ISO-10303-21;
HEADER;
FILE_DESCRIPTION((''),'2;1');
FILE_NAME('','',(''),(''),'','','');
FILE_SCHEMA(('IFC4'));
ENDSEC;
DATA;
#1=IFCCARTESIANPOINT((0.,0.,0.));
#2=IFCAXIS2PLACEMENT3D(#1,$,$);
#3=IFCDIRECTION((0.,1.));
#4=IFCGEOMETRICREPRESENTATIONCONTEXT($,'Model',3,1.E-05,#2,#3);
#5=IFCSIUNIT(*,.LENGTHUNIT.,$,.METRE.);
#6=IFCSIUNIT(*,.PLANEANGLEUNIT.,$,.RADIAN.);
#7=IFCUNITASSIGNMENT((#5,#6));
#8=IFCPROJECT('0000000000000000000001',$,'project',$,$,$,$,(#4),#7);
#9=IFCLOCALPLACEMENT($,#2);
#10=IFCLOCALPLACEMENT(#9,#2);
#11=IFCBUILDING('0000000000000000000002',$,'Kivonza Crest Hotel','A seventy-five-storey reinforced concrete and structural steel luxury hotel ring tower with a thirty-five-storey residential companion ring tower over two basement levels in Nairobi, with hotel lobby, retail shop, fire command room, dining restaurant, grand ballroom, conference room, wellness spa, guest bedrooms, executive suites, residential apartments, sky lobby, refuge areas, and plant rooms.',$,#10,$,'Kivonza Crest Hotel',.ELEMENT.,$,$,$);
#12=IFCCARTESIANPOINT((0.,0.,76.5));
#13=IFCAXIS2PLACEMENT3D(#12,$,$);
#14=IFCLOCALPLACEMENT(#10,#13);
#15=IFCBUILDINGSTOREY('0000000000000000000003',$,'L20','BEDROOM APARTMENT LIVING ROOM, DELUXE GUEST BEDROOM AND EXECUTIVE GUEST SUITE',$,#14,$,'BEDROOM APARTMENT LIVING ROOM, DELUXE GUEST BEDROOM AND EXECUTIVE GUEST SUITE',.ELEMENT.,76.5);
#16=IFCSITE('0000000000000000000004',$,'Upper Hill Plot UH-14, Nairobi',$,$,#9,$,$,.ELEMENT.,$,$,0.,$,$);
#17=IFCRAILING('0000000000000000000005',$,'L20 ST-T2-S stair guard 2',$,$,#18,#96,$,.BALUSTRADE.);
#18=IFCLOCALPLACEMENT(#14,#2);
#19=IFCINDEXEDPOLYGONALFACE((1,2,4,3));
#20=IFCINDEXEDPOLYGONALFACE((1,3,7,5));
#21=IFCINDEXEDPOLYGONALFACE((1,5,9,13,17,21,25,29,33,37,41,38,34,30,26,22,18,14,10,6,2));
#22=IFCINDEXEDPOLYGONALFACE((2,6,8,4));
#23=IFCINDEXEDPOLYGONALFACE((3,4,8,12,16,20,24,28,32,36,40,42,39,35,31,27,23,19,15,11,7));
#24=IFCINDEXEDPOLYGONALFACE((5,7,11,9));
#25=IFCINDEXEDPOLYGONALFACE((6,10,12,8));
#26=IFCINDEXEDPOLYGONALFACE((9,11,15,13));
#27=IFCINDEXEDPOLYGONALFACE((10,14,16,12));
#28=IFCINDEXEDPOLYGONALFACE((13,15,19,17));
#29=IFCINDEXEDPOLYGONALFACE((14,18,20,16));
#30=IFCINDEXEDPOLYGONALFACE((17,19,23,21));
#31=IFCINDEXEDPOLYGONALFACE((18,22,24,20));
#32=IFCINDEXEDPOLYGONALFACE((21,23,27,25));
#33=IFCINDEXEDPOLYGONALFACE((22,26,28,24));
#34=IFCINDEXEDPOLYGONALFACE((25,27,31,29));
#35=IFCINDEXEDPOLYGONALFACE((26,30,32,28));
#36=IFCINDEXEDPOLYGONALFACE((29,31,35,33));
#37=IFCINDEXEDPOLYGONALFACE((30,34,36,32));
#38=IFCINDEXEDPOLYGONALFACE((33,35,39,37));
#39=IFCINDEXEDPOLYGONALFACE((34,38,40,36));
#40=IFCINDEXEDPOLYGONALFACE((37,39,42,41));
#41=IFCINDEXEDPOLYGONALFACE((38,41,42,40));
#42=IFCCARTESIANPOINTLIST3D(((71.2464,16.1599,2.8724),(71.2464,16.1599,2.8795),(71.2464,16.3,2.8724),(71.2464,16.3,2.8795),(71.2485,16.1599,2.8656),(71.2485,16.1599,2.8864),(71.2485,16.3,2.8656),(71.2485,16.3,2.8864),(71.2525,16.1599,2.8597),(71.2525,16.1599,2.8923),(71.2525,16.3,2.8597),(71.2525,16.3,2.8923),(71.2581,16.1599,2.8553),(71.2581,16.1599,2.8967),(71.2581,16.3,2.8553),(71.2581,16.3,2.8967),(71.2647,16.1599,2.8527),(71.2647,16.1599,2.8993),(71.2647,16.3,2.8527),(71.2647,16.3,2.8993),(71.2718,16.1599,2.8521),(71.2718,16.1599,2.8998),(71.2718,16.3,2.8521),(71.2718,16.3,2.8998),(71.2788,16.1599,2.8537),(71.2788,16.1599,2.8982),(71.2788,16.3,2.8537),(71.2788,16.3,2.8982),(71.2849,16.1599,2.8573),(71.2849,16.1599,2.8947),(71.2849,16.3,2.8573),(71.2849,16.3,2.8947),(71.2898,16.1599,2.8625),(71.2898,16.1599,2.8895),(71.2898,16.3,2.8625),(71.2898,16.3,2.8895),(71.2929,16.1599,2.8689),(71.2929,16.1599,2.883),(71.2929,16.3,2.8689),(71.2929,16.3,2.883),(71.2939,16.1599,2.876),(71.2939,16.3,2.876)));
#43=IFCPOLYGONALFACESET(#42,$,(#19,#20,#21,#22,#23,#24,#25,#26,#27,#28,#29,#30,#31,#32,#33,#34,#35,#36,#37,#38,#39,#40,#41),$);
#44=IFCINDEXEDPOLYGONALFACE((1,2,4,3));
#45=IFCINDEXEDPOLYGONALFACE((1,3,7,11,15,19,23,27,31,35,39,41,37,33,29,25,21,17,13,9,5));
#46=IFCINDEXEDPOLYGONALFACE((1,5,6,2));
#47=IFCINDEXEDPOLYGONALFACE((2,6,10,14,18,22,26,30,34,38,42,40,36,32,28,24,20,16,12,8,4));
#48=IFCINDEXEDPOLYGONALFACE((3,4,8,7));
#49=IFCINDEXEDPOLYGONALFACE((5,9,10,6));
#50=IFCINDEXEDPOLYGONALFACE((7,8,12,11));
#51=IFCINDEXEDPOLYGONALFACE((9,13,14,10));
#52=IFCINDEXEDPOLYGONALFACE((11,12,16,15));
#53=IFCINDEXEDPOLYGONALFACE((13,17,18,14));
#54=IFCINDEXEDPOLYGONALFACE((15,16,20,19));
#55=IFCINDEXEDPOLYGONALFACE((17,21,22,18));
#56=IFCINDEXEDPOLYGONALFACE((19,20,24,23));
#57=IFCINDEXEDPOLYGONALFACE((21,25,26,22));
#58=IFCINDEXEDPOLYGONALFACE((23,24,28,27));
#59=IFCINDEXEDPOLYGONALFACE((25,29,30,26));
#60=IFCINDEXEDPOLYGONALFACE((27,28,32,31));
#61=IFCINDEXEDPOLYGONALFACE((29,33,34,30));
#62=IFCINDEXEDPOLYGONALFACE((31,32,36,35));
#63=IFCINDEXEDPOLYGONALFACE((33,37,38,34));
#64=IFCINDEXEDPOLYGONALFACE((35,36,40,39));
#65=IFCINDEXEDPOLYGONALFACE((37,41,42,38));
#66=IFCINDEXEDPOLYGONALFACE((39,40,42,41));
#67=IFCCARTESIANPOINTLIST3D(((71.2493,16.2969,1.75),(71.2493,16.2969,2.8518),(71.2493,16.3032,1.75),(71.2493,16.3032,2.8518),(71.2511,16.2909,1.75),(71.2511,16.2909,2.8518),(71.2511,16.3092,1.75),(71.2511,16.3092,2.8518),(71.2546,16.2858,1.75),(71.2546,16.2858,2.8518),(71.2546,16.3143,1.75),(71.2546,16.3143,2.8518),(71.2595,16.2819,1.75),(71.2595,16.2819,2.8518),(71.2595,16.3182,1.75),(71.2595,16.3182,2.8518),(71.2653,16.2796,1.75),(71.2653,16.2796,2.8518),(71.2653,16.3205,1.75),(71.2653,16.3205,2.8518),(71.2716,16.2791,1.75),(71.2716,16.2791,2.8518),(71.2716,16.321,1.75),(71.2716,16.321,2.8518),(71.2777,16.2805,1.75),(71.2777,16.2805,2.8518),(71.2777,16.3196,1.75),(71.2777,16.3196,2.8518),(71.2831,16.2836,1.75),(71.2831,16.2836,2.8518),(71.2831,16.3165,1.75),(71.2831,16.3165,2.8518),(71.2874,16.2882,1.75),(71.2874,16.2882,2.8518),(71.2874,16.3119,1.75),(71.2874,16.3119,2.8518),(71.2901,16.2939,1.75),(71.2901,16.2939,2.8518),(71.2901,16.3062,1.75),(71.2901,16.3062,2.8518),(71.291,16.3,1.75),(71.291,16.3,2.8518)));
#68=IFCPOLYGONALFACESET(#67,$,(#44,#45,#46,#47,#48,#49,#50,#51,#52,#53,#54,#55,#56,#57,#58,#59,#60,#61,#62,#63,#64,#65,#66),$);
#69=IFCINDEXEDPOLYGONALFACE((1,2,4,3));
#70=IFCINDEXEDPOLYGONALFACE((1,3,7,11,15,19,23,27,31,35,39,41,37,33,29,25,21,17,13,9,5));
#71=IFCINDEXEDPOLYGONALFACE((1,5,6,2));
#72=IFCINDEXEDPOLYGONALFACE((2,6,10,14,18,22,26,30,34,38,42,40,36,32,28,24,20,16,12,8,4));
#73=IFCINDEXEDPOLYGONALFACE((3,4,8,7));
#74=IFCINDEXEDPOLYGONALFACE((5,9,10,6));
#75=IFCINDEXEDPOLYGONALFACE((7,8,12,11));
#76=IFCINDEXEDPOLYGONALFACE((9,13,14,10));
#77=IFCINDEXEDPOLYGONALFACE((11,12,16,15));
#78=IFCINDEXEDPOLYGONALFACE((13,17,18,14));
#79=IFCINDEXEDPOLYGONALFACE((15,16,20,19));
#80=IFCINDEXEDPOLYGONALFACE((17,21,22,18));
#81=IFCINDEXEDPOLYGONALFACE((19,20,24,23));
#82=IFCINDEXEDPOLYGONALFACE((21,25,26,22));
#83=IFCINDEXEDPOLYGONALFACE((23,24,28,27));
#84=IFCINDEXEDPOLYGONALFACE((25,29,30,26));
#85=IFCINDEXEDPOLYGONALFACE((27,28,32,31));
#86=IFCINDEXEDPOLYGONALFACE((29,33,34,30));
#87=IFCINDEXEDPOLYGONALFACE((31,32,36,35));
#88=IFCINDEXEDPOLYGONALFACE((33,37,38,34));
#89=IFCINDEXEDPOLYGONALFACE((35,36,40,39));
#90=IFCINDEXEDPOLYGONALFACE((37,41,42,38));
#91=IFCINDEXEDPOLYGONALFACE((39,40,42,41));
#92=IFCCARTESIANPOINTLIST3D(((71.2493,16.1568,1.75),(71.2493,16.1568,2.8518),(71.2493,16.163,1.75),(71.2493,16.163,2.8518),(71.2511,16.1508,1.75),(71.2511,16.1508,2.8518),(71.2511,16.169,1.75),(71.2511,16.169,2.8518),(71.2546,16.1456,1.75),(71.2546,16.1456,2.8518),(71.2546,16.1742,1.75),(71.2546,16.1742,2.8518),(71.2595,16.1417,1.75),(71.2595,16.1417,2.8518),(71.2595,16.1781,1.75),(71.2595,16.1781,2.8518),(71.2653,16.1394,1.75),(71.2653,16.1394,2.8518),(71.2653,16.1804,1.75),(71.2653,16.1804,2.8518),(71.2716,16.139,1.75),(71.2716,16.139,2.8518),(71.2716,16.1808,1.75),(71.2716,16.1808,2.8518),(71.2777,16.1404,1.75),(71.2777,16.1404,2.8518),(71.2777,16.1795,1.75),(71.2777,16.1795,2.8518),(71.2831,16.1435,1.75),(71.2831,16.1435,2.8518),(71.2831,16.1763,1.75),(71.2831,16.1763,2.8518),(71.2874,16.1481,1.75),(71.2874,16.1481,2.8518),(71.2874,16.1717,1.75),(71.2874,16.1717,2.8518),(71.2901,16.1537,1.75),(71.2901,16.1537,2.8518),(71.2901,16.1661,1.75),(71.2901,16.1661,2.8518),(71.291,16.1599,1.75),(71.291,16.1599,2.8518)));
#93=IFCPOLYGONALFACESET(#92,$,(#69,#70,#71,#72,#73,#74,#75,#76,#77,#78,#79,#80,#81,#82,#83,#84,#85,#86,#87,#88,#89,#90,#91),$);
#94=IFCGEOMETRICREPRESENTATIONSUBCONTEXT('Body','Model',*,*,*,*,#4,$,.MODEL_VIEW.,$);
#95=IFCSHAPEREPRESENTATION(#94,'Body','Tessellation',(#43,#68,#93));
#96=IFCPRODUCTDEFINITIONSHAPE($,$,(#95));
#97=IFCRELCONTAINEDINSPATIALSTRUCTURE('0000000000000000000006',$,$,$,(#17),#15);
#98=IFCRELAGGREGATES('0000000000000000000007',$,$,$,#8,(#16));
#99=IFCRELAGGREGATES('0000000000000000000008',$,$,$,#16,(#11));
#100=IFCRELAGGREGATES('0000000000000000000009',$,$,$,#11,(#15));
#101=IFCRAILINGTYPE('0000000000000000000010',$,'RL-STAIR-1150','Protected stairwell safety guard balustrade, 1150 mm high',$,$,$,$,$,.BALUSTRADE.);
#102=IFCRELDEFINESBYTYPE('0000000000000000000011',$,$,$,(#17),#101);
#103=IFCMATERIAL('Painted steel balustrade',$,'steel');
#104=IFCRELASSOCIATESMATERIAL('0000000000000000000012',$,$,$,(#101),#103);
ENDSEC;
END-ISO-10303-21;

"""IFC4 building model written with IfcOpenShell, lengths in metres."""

from ifc_helpers import new_model, si_unit, direction, frame, origin, origin_2d, place, context, subcontext, project, spatial, circle, extrude, material, type_object, element, save


model = new_model("IFC4")

# Units and contexts
model_context = context("Model", 3, precision=1e-05, world=origin(), true_north=direction((0.0, 1.0)))
body_context = subcontext(model_context, "Body", "Model", "MODEL_VIEW")
ifc_project = project(units=[si_unit("LENGTHUNIT", "METRE"), si_unit("PLANEANGLEUNIT", "RADIAN")], contexts=[model_context])

# Site, building, storey
site_placement = place(None, origin())
site = spatial("IfcSite", under=ifc_project, at=site_placement, Name="Upper Hill Plot UH-14, Nairobi", CompositionType="ELEMENT", RefElevation=0.0)
building_placement = place(site_placement, origin())
building = spatial("IfcBuilding", under=site, at=building_placement, Name="Kivonza Crest Hotel", Description="A seventy-five-storey reinforced concrete and structural steel luxury hotel ring tower with a thirty-five-storey residential companion ring tower over two basement levels in Nairobi, with hotel lobby, retail shop, fire command room, dining restaurant, grand ballroom, conference room, wellness spa, guest bedrooms, executive suites, residential apartments, sky lobby, refuge areas, and plant rooms.", LongName="Kivonza Crest Hotel", CompositionType="ELEMENT")
storey_placement = place(building_placement, frame((0.0, 0.0, 76.5)))
storey = spatial("IfcBuildingStorey", under=building, at=storey_placement, Name="L20", Description="BEDROOM APARTMENT LIVING ROOM, DELUXE GUEST BEDROOM AND EXECUTIVE GUEST SUITE", LongName="BEDROOM APARTMENT LIVING ROOM, DELUXE GUEST BEDROOM AND EXECUTIVE GUEST SUITE", CompositionType="ELEMENT", Elevation=76.5)

# Railing
ifc_material_1 = material(Name="Painted steel balustrade", Category="steel")
railing_type_1 = type_object("IfcRailingType", Name="RL-STAIR-1150", Description="Protected stairwell safety guard balustrade, 1150 mm high", PredefinedType="BALUSTRADE", material=ifc_material_1)
railing_1_placement = place(storey_placement, frame((71.27, 16.3, 1.75)))
element("IfcRailing", 1, at=railing_1_placement, inside=storey, type_object=railing_type_1, Name="L20 ST-T2-S stair guard 2", PredefinedType="BALUSTRADE", context=body_context, shape_type="SweptSolid", body=[
    extrude(circle(Radius=0.0239, at=origin_2d()), frame((0.0, 0.0, 1.126), z_axis=(0.0, -1.0, 0.0), x_axis=(1.0, 0.0, 0.0)), (0.0, 0.0, 1.0), 0.1401),
    extrude(circle(Radius=0.021, at=origin_2d()), origin(), (0.0, 0.0, 1.0), 1.1018),
    extrude(circle(Radius=0.021, at=origin_2d()), frame((0.0, -0.1401, 0.0)), (0.0, 0.0, 1.0), 1.1018),
])

save(model, "model.ifc")
